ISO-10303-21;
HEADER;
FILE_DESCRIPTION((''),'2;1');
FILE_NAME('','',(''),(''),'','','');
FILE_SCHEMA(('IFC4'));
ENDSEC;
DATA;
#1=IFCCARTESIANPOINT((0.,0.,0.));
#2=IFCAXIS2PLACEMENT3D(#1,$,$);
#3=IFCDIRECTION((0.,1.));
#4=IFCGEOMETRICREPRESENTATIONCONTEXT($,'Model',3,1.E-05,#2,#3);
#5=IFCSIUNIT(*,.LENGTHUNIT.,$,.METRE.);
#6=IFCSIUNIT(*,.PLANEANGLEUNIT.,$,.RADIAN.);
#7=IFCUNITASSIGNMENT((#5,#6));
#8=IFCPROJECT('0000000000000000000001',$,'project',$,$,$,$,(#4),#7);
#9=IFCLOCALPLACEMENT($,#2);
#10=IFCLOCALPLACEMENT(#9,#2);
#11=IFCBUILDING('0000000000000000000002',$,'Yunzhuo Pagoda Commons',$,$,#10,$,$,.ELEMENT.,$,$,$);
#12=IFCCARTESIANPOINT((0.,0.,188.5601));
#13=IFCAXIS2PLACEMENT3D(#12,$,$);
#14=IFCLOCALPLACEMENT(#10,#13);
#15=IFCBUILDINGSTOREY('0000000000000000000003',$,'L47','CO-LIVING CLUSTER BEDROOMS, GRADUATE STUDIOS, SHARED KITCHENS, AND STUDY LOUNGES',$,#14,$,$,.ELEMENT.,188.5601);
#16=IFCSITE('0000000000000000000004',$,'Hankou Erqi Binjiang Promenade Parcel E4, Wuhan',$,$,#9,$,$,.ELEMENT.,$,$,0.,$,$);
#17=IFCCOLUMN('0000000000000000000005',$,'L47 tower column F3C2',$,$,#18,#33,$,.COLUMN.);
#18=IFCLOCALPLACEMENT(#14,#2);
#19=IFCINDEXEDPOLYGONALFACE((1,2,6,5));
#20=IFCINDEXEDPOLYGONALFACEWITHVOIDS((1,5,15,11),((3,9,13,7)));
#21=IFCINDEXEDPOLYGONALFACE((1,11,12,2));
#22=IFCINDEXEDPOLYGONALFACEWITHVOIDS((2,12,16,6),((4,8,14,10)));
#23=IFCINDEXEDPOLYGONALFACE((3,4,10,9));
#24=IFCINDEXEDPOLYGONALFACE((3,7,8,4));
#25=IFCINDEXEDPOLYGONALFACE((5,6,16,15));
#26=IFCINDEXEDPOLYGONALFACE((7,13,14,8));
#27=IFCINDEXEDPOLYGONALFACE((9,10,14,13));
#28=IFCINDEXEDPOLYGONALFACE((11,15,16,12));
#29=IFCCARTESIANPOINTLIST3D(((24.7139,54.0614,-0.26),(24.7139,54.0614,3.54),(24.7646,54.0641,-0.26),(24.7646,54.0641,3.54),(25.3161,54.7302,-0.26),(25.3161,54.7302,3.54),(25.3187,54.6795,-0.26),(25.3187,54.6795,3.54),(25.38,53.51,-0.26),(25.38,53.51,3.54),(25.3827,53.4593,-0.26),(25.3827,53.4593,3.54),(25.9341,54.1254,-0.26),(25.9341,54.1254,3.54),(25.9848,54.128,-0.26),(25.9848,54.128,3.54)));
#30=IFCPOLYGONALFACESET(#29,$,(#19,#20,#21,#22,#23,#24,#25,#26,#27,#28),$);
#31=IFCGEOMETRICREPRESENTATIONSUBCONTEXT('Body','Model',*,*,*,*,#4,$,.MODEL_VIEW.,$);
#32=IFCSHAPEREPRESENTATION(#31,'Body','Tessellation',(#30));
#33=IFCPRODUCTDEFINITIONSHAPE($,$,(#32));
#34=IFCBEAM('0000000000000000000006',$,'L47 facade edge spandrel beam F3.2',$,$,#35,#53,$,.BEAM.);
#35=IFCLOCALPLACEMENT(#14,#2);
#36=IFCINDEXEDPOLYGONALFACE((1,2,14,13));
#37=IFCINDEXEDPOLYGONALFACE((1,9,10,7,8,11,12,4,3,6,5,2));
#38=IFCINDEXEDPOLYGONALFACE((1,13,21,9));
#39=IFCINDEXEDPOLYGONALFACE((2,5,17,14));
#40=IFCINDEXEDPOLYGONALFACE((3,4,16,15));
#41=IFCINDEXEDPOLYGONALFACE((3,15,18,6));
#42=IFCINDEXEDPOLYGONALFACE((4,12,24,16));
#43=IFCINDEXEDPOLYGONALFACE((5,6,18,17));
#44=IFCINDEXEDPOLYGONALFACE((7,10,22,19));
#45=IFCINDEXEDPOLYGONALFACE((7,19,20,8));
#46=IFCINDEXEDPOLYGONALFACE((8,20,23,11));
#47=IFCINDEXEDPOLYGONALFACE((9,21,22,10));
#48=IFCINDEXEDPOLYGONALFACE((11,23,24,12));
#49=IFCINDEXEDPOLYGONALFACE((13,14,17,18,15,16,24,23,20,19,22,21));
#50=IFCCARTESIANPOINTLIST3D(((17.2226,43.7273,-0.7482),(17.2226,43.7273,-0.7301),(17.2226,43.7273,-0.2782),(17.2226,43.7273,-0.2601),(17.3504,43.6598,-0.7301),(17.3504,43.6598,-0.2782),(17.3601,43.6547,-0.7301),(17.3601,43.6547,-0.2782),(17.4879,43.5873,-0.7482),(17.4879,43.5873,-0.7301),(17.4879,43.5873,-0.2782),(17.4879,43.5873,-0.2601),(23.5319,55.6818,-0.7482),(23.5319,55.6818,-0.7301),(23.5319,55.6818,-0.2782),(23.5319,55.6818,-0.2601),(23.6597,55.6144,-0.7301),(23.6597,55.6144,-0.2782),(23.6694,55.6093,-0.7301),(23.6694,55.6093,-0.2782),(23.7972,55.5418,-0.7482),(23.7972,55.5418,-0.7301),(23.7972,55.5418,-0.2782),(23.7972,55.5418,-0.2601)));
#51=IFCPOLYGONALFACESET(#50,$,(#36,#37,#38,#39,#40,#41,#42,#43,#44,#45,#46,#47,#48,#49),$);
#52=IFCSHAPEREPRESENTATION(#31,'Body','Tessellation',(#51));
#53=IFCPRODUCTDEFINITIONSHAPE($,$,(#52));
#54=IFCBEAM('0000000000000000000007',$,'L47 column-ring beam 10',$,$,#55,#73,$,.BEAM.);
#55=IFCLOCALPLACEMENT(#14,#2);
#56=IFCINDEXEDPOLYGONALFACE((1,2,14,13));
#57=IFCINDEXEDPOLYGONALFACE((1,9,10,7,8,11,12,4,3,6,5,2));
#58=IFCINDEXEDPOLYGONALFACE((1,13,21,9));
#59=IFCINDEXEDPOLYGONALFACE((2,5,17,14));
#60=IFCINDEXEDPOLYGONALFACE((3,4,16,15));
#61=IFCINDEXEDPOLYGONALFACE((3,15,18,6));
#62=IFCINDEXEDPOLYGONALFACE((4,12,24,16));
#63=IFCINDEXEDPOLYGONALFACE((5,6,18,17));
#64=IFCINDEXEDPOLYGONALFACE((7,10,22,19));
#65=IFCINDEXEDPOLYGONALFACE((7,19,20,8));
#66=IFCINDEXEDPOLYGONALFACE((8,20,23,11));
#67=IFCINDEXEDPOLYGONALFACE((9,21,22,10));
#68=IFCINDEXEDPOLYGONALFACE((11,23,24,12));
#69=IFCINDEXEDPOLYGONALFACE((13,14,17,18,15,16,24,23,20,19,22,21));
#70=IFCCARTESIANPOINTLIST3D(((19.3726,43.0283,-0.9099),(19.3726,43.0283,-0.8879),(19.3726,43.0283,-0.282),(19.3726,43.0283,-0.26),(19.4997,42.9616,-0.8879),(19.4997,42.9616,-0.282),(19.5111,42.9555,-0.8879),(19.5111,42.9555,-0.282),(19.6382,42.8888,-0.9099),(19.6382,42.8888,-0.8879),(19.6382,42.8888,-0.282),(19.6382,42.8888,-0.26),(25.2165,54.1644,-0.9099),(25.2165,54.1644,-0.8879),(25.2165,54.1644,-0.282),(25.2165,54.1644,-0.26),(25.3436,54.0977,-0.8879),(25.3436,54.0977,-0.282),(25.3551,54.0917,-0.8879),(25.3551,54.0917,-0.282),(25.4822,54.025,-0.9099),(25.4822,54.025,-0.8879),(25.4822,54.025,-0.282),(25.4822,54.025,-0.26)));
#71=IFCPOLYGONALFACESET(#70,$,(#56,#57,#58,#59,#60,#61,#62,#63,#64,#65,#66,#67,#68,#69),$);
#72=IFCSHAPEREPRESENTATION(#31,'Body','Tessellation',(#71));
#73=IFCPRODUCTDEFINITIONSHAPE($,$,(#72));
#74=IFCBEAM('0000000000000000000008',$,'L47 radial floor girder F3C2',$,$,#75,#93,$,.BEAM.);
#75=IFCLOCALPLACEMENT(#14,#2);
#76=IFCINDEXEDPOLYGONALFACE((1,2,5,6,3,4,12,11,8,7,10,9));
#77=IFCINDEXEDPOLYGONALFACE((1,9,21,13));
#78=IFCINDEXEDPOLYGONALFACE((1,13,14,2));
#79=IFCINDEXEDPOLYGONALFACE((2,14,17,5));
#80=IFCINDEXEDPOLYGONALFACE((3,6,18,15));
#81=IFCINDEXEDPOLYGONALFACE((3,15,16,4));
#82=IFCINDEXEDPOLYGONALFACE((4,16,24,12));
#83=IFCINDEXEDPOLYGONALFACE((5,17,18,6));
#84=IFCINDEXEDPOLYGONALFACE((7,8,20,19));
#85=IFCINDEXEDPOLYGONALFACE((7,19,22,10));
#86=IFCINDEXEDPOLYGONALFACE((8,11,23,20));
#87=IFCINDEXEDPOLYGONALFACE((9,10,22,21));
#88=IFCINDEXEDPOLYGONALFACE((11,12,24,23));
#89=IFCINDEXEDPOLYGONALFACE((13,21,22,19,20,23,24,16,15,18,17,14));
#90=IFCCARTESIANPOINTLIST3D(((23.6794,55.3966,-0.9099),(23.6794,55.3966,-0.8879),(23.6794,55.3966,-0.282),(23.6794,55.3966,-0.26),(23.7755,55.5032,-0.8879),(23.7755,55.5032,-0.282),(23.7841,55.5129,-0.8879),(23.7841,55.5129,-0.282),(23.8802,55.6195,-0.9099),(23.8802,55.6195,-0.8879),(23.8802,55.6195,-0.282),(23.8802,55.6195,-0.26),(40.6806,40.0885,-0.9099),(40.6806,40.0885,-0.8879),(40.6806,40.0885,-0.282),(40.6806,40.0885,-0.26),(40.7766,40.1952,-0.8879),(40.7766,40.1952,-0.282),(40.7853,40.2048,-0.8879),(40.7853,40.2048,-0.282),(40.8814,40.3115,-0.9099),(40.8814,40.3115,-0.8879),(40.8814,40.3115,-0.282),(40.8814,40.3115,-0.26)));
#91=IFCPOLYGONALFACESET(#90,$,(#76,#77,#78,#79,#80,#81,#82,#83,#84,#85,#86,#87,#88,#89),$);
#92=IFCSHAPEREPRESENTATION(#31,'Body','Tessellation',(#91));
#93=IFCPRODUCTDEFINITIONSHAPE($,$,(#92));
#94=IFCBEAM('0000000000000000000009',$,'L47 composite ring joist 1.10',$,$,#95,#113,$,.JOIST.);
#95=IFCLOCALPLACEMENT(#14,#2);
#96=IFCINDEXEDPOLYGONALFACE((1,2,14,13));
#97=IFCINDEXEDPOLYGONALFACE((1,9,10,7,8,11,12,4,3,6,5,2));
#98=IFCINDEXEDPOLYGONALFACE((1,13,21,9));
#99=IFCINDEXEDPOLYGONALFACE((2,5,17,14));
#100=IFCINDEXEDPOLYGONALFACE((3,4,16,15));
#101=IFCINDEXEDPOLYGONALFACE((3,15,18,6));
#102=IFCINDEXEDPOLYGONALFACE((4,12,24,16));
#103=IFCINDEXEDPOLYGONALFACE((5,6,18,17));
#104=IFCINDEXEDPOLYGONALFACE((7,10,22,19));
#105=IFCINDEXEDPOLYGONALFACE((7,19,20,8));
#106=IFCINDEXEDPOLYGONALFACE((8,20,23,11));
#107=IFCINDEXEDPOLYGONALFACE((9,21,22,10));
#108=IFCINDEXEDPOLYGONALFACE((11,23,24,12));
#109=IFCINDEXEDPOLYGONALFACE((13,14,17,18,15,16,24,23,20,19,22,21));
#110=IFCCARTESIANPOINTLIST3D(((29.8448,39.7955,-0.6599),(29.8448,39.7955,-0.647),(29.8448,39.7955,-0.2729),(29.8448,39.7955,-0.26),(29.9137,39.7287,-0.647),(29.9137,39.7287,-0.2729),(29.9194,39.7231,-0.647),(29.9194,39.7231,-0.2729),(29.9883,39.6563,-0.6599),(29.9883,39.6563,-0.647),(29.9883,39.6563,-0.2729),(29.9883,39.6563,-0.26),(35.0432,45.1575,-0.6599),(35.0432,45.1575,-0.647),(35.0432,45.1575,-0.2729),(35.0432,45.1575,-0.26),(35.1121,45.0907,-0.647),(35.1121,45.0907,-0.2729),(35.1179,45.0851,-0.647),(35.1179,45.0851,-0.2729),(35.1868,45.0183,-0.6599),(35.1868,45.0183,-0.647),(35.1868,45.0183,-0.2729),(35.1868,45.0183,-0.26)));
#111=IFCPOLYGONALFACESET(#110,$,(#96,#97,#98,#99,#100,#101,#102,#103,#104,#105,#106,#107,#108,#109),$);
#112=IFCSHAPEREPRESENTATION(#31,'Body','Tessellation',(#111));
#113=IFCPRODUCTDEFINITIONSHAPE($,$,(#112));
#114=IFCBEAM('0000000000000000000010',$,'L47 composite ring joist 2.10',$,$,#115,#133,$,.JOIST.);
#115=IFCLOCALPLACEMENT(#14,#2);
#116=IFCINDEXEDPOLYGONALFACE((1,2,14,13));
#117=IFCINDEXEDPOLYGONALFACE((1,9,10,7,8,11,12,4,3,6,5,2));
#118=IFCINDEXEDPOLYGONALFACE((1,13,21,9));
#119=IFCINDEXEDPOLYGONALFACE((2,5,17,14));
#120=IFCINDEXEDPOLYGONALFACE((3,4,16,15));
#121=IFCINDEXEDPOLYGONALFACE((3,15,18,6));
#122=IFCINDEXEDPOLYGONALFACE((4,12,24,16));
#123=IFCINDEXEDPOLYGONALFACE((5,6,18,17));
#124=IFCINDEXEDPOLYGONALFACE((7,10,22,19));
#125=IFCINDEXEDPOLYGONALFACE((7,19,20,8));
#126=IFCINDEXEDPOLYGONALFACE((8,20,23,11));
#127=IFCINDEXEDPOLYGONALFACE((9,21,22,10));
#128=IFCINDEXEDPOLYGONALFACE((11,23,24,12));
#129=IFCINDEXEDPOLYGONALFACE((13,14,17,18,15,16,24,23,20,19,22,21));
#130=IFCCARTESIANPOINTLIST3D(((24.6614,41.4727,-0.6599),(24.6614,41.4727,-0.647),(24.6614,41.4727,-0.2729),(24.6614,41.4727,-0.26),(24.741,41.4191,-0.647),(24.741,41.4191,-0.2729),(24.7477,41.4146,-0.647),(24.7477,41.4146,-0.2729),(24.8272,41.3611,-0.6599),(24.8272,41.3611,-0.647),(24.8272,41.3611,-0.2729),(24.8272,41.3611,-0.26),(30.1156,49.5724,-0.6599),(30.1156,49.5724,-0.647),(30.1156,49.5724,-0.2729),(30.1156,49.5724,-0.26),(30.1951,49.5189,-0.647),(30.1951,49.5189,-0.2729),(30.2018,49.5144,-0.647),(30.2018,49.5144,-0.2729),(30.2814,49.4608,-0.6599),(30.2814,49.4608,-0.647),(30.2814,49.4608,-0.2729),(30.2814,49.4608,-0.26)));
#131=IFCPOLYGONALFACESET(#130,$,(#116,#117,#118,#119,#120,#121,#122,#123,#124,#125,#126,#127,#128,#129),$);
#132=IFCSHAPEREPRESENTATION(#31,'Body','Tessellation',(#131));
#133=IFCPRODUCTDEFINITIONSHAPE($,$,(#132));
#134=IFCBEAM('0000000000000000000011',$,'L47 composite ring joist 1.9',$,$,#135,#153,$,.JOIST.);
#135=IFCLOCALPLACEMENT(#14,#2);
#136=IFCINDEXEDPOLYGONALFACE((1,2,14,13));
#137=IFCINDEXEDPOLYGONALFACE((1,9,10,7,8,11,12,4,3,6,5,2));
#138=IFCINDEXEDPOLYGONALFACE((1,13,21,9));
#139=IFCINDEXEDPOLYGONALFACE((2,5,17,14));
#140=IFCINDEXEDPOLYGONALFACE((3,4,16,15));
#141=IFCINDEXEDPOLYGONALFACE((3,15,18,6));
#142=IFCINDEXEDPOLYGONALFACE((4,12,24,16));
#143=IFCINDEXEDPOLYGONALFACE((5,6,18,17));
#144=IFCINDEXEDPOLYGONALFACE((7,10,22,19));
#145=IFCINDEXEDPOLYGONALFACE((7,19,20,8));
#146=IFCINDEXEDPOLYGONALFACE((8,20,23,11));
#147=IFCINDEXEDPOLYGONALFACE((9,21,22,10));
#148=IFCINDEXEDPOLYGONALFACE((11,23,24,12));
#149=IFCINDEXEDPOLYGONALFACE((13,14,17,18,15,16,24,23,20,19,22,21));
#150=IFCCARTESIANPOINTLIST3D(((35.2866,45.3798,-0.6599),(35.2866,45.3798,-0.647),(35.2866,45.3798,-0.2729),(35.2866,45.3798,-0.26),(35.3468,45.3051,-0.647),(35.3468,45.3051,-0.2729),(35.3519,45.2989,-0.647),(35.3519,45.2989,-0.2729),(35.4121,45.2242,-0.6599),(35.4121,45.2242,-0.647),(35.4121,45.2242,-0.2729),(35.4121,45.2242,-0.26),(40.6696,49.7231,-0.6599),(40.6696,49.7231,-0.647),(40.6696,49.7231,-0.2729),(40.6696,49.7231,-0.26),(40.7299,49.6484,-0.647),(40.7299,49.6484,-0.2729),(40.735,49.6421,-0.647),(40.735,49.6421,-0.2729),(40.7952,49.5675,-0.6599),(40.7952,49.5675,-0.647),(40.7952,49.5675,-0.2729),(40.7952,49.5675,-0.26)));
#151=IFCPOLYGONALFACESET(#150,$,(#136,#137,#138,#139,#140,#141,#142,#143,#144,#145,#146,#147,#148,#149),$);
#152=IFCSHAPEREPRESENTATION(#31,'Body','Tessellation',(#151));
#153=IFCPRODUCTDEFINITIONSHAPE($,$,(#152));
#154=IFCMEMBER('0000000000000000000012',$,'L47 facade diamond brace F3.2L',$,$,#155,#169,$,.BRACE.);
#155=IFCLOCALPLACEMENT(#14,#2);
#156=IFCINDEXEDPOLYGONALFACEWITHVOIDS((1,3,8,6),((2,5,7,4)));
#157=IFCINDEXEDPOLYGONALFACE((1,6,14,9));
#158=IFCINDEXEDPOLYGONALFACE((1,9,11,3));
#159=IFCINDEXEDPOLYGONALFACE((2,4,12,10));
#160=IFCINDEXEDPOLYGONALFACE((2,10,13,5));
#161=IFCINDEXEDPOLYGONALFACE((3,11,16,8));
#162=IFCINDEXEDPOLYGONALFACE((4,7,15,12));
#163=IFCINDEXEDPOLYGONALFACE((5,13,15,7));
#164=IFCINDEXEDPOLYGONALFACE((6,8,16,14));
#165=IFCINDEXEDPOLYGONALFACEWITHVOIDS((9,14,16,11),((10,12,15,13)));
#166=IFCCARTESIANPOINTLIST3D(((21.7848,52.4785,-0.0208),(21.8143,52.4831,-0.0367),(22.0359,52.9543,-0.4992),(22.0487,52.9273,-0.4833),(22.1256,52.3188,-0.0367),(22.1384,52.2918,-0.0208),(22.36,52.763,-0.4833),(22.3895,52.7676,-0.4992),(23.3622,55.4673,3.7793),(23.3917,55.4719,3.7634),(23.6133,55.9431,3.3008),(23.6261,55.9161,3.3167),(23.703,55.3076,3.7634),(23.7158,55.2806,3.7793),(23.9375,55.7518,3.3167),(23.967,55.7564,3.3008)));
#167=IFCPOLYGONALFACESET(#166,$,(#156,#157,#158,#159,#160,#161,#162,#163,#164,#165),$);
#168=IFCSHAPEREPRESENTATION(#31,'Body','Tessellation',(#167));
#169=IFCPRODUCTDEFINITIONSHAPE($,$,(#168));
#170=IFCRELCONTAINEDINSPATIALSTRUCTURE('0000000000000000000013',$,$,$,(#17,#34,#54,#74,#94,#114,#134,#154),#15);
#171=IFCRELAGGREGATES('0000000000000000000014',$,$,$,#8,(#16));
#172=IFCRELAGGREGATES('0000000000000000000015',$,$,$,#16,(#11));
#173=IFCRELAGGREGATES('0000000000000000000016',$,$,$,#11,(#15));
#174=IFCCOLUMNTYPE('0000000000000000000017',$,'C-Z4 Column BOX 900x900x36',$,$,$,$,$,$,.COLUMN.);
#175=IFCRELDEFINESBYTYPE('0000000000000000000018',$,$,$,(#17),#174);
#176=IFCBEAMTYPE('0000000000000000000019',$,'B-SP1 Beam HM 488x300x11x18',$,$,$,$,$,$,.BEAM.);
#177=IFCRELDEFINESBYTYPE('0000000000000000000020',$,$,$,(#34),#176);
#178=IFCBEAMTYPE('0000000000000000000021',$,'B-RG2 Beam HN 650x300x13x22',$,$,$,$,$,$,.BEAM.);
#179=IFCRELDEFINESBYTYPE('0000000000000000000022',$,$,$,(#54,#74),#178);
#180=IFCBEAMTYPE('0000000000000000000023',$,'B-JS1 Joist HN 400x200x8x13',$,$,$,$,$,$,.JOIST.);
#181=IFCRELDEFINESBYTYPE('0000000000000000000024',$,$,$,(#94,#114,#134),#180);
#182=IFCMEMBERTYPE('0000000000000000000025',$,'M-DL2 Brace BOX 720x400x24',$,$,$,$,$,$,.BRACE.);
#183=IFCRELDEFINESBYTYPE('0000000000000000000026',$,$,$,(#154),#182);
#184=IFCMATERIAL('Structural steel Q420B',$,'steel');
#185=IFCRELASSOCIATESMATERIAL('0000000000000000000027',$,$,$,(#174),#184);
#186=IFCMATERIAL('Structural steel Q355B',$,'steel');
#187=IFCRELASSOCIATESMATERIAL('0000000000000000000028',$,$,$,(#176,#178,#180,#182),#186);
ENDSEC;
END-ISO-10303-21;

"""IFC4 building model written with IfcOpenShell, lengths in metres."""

from ifc_helpers import new_model, si_unit, direction, frame, origin, origin_2d, place, context, subcontext, project, spatial, hollow_rectangle, i_section, extrude, source, transform, mapped, material, material_profile, profile_set, type_object, element, save


model = new_model("IFC4")

# Units and contexts
model_context = context("Model", 3, precision=1e-05, world=origin(), true_north=direction((0.0, 1.0)))
body_context = subcontext(model_context, "Body", "Model", "MODEL_VIEW")
ifc_project = project(units=[si_unit("LENGTHUNIT", "METRE"), si_unit("PLANEANGLEUNIT", "RADIAN")], contexts=[model_context])

# Site, building, storey
site_placement = place(None, origin())
site = spatial("IfcSite", under=ifc_project, at=site_placement, Name="Hankou Erqi Binjiang Promenade Parcel E4, Wuhan", CompositionType="ELEMENT", RefElevation=0.0)
building_placement = place(site_placement, origin())
building = spatial("IfcBuilding", under=site, at=building_placement, Name="Yunzhuo Pagoda Commons", CompositionType="ELEMENT")
storey_placement = place(building_placement, frame((0.0, 0.0, 188.5601)))
storey = spatial("IfcBuildingStorey", under=building, at=storey_placement, Name="L47", Description="CO-LIVING CLUSTER BEDROOMS, GRADUATE STUDIOS, SHARED KITCHENS, AND STUDY LOUNGES", CompositionType="ELEMENT", Elevation=188.5601)

# Column
ifc_material_1 = material(Name="Structural steel Q420B", Category="steel")
ifc_material_profile_1 = material_profile(ifc_material_1, hollow_rectangle(XDim=0.8999, YDim=0.8999, WallThickness=0.0359, at=origin_2d()), Name="Structural steel Q420B")
ifc_profile_set_1 = profile_set([ifc_material_profile_1], Name="Structural steel Q420B")
column_type = type_object("IfcColumnType", Name="C-Z4 Column BOX 900x900x36", PredefinedType="COLUMN", material=ifc_profile_set_1)
shared_shape_1 = source(origin(), body_context, "Body", "SweptSolid", [
    extrude(hollow_rectangle(XDim=0.8999, YDim=0.8999, WallThickness=0.0359, at=origin_2d()), origin(), (0.0, 0.0, 1.0), 3.8),
])
column_placement = place(storey_placement, frame((25.3494, 54.0947, -0.26), z_axis=(0.0, 0.0, 1.0), x_axis=(-0.669131, -0.743145, 0.0)))
element("IfcColumn", 1, at=column_placement, inside=storey, type_object=column_type, Name="L47 tower column F3C2", PredefinedType="COLUMN", context=body_context, shape_type="MappedRepresentation", body=[
    mapped(shared_shape_1, transform((0.0, 0.0, 0.0), scale=1.0)),
])

# Beams
ifc_material_2 = material(Name="Structural steel Q355B", Category="steel")
ifc_material_profile_2 = material_profile(ifc_material_2, i_section(OverallWidth=0.3, OverallDepth=0.488, WebThickness=0.011, FlangeThickness=0.0181, at=origin_2d()), Name="Structural steel Q355B")
ifc_profile_set_2 = profile_set([ifc_material_profile_2], Name="Structural steel Q355B")
beam_type_1 = type_object("IfcBeamType", Name="B-SP1 Beam HM 488x300x11x18", PredefinedType="BEAM", material=ifc_profile_set_2)
shared_shape_2 = source(origin(), body_context, "Body", "SweptSolid", [
    extrude(i_section(OverallWidth=0.3, OverallDepth=0.488, WebThickness=0.011, FlangeThickness=0.0181, at=origin_2d()), origin(), (0.0, 0.0, 1.0), 13.5173),
])
beam_1_placement = place(storey_placement, frame((23.6646, 55.6118, -0.5042), z_axis=(-0.466756, -0.884386, 0.0), x_axis=(0.884386, -0.466756, 0.0)))
element("IfcBeam", 2, at=beam_1_placement, inside=storey, type_object=beam_type_1, Name="L47 facade edge spandrel beam F3.2", PredefinedType="BEAM", context=body_context, shape_type="MappedRepresentation", body=[
    mapped(shared_shape_2, transform((0.0, 0.0, 0.0), scale=1.0)),
])
ifc_material_profile_3 = material_profile(ifc_material_2, i_section(OverallWidth=0.3, OverallDepth=0.6499, WebThickness=0.0129, FlangeThickness=0.022, at=origin_2d()), Name="Structural steel Q355B")
ifc_profile_set_3 = profile_set([ifc_material_profile_3], Name="Structural steel Q355B")
beam_type_2 = type_object("IfcBeamType", Name="B-RG2 Beam HN 650x300x13x22", PredefinedType="BEAM", material=ifc_profile_set_3)
shared_shape_3 = source(origin(), body_context, "Body", "SweptSolid", [
    extrude(i_section(OverallWidth=0.3, OverallDepth=0.6499, WebThickness=0.0129, FlangeThickness=0.022, at=origin_2d()), origin(), (0.0, 0.0, 1.0), 12.5764),
])
beam_2_placement = place(storey_placement, frame((25.3494, 54.0947, -0.585), z_axis=(-0.464676, -0.885481, 0.0), x_axis=(0.885481, -0.464676, 0.0)))
element("IfcBeam", 3, at=beam_2_placement, inside=storey, type_object=beam_type_2, Name="L47 column-ring beam 10", PredefinedType="BEAM", context=body_context, shape_type="MappedRepresentation", body=[
    mapped(shared_shape_3, transform((0.0, 0.0, 0.0), scale=1.0)),
])
shared_shape_4 = source(origin(), body_context, "Body", "SweptSolid", [
    extrude(i_section(OverallWidth=0.3, OverallDepth=0.6499, WebThickness=0.0129, FlangeThickness=0.022, at=origin_2d()), origin(), (0.0, 0.0, 1.0), 22.8774),
])
beam_3_placement = place(storey_placement, frame((23.7798, 55.5081, -0.585), z_axis=(0.743142, -0.669134, 0.0), x_axis=(0.669134, 0.743142, 0.0)))
element("IfcBeam", 4, at=beam_3_placement, inside=storey, type_object=beam_type_2, Name="L47 radial floor girder F3C2", PredefinedType="BEAM", context=body_context, shape_type="MappedRepresentation", body=[
    mapped(shared_shape_4, transform((0.0, 0.0, 0.0), scale=1.0)),
])
ifc_material_profile_4 = material_profile(ifc_material_2, i_section(OverallWidth=0.2, OverallDepth=0.3999, WebThickness=0.0081, FlangeThickness=0.0129, at=origin_2d()), Name="Structural steel Q355B")
ifc_profile_set_4 = profile_set([ifc_material_profile_4], Name="Structural steel Q355B")
beam_type_3 = type_object("IfcBeamType", Name="B-JS1 Joist HN 400x200x8x13", PredefinedType="JOIST", material=ifc_profile_set_4)
shared_shape_5 = source(origin(), body_context, "Body", "SweptSolid", [
    extrude(i_section(OverallWidth=0.2, OverallDepth=0.3999, WebThickness=0.0081, FlangeThickness=0.0129, at=origin_2d()), origin(), (0.0, 0.0, 1.0), 7.4683),
])
beam_4_placement = place(storey_placement, frame((35.115, 45.0879, -0.46), z_axis=(-0.696071, -0.717973, 0.0), x_axis=(0.717973, -0.696071, 0.0)))
element("IfcBeam", 5, at=beam_4_placement, inside=storey, type_object=beam_type_3, Name="L47 composite ring joist 1.10", PredefinedType="JOIST", context=body_context, shape_type="MappedRepresentation", body=[
    mapped(shared_shape_5, transform((0.0, 0.0, 0.0), scale=1.0)),
])
shared_shape_6 = source(origin(), body_context, "Body", "SweptSolid", [
    extrude(i_section(OverallWidth=0.2, OverallDepth=0.3999, WebThickness=0.0081, FlangeThickness=0.0129, at=origin_2d()), origin(), (0.0, 0.0, 1.0), 9.7649),
])
beam_5_placement = place(storey_placement, frame((30.1985, 49.5166, -0.46), z_axis=(-0.558548, -0.829472, 0.0), x_axis=(0.829472, -0.558548, 0.0)))
element("IfcBeam", 6, at=beam_5_placement, inside=storey, type_object=beam_type_3, Name="L47 composite ring joist 2.10", PredefinedType="JOIST", context=body_context, shape_type="MappedRepresentation", body=[
    mapped(shared_shape_6, transform((0.0, 0.0, 0.0), scale=1.0)),
])
shared_shape_7 = source(origin(), body_context, "Body", "SweptSolid", [
    extrude(i_section(OverallWidth=0.2, OverallDepth=0.3999, WebThickness=0.0081, FlangeThickness=0.0129, at=origin_2d()), origin(), (0.0, 0.0, 1.0), 6.9167),
])
beam_6_placement = place(storey_placement, frame((40.7324, 49.6453, -0.46), z_axis=(-0.778266, -0.627935, 0.0), x_axis=(0.627935, -0.778266, 0.0)))
element("IfcBeam", 7, at=beam_6_placement, inside=storey, type_object=beam_type_3, Name="L47 composite ring joist 1.9", PredefinedType="JOIST", context=body_context, shape_type="MappedRepresentation", body=[
    mapped(shared_shape_7, transform((0.0, 0.0, 0.0), scale=1.0)),
])

# Member
ifc_material_profile_5 = material_profile(ifc_material_2, hollow_rectangle(XDim=0.3999, YDim=0.72, WallThickness=0.0239, at=origin_2d()), Name="Structural steel Q355B")
ifc_profile_set_5 = profile_set([ifc_material_profile_5], Name="Structural steel Q355B")
member_type_1 = type_object("IfcMemberType", Name="M-DL2 Brace BOX 720x400x24", PredefinedType="BRACE", material=ifc_profile_set_5)
shared_shape_8 = source(origin(), body_context, "Body", "SweptSolid", [
    extrude(hollow_rectangle(XDim=0.3999, YDim=0.72, WallThickness=0.0239, at=origin_2d()), origin(), (0.0, 0.0, 1.0), 5.0854),
])
member_1_placement = place(storey_placement, frame((22.0872, 52.623, -0.26), z_axis=(0.310181, 0.587716, 0.747247), x_axis=(-0.884386, 0.466755, 0.0)))
element("IfcMember", 8, at=member_1_placement, inside=storey, type_object=member_type_1, Name="L47 facade diamond brace F3.2L", PredefinedType="BRACE", context=body_context, shape_type="MappedRepresentation", body=[
    mapped(shared_shape_8, transform((0.0, 0.0, 0.0), scale=1.0)),
])

save(model, "model.ifc")
